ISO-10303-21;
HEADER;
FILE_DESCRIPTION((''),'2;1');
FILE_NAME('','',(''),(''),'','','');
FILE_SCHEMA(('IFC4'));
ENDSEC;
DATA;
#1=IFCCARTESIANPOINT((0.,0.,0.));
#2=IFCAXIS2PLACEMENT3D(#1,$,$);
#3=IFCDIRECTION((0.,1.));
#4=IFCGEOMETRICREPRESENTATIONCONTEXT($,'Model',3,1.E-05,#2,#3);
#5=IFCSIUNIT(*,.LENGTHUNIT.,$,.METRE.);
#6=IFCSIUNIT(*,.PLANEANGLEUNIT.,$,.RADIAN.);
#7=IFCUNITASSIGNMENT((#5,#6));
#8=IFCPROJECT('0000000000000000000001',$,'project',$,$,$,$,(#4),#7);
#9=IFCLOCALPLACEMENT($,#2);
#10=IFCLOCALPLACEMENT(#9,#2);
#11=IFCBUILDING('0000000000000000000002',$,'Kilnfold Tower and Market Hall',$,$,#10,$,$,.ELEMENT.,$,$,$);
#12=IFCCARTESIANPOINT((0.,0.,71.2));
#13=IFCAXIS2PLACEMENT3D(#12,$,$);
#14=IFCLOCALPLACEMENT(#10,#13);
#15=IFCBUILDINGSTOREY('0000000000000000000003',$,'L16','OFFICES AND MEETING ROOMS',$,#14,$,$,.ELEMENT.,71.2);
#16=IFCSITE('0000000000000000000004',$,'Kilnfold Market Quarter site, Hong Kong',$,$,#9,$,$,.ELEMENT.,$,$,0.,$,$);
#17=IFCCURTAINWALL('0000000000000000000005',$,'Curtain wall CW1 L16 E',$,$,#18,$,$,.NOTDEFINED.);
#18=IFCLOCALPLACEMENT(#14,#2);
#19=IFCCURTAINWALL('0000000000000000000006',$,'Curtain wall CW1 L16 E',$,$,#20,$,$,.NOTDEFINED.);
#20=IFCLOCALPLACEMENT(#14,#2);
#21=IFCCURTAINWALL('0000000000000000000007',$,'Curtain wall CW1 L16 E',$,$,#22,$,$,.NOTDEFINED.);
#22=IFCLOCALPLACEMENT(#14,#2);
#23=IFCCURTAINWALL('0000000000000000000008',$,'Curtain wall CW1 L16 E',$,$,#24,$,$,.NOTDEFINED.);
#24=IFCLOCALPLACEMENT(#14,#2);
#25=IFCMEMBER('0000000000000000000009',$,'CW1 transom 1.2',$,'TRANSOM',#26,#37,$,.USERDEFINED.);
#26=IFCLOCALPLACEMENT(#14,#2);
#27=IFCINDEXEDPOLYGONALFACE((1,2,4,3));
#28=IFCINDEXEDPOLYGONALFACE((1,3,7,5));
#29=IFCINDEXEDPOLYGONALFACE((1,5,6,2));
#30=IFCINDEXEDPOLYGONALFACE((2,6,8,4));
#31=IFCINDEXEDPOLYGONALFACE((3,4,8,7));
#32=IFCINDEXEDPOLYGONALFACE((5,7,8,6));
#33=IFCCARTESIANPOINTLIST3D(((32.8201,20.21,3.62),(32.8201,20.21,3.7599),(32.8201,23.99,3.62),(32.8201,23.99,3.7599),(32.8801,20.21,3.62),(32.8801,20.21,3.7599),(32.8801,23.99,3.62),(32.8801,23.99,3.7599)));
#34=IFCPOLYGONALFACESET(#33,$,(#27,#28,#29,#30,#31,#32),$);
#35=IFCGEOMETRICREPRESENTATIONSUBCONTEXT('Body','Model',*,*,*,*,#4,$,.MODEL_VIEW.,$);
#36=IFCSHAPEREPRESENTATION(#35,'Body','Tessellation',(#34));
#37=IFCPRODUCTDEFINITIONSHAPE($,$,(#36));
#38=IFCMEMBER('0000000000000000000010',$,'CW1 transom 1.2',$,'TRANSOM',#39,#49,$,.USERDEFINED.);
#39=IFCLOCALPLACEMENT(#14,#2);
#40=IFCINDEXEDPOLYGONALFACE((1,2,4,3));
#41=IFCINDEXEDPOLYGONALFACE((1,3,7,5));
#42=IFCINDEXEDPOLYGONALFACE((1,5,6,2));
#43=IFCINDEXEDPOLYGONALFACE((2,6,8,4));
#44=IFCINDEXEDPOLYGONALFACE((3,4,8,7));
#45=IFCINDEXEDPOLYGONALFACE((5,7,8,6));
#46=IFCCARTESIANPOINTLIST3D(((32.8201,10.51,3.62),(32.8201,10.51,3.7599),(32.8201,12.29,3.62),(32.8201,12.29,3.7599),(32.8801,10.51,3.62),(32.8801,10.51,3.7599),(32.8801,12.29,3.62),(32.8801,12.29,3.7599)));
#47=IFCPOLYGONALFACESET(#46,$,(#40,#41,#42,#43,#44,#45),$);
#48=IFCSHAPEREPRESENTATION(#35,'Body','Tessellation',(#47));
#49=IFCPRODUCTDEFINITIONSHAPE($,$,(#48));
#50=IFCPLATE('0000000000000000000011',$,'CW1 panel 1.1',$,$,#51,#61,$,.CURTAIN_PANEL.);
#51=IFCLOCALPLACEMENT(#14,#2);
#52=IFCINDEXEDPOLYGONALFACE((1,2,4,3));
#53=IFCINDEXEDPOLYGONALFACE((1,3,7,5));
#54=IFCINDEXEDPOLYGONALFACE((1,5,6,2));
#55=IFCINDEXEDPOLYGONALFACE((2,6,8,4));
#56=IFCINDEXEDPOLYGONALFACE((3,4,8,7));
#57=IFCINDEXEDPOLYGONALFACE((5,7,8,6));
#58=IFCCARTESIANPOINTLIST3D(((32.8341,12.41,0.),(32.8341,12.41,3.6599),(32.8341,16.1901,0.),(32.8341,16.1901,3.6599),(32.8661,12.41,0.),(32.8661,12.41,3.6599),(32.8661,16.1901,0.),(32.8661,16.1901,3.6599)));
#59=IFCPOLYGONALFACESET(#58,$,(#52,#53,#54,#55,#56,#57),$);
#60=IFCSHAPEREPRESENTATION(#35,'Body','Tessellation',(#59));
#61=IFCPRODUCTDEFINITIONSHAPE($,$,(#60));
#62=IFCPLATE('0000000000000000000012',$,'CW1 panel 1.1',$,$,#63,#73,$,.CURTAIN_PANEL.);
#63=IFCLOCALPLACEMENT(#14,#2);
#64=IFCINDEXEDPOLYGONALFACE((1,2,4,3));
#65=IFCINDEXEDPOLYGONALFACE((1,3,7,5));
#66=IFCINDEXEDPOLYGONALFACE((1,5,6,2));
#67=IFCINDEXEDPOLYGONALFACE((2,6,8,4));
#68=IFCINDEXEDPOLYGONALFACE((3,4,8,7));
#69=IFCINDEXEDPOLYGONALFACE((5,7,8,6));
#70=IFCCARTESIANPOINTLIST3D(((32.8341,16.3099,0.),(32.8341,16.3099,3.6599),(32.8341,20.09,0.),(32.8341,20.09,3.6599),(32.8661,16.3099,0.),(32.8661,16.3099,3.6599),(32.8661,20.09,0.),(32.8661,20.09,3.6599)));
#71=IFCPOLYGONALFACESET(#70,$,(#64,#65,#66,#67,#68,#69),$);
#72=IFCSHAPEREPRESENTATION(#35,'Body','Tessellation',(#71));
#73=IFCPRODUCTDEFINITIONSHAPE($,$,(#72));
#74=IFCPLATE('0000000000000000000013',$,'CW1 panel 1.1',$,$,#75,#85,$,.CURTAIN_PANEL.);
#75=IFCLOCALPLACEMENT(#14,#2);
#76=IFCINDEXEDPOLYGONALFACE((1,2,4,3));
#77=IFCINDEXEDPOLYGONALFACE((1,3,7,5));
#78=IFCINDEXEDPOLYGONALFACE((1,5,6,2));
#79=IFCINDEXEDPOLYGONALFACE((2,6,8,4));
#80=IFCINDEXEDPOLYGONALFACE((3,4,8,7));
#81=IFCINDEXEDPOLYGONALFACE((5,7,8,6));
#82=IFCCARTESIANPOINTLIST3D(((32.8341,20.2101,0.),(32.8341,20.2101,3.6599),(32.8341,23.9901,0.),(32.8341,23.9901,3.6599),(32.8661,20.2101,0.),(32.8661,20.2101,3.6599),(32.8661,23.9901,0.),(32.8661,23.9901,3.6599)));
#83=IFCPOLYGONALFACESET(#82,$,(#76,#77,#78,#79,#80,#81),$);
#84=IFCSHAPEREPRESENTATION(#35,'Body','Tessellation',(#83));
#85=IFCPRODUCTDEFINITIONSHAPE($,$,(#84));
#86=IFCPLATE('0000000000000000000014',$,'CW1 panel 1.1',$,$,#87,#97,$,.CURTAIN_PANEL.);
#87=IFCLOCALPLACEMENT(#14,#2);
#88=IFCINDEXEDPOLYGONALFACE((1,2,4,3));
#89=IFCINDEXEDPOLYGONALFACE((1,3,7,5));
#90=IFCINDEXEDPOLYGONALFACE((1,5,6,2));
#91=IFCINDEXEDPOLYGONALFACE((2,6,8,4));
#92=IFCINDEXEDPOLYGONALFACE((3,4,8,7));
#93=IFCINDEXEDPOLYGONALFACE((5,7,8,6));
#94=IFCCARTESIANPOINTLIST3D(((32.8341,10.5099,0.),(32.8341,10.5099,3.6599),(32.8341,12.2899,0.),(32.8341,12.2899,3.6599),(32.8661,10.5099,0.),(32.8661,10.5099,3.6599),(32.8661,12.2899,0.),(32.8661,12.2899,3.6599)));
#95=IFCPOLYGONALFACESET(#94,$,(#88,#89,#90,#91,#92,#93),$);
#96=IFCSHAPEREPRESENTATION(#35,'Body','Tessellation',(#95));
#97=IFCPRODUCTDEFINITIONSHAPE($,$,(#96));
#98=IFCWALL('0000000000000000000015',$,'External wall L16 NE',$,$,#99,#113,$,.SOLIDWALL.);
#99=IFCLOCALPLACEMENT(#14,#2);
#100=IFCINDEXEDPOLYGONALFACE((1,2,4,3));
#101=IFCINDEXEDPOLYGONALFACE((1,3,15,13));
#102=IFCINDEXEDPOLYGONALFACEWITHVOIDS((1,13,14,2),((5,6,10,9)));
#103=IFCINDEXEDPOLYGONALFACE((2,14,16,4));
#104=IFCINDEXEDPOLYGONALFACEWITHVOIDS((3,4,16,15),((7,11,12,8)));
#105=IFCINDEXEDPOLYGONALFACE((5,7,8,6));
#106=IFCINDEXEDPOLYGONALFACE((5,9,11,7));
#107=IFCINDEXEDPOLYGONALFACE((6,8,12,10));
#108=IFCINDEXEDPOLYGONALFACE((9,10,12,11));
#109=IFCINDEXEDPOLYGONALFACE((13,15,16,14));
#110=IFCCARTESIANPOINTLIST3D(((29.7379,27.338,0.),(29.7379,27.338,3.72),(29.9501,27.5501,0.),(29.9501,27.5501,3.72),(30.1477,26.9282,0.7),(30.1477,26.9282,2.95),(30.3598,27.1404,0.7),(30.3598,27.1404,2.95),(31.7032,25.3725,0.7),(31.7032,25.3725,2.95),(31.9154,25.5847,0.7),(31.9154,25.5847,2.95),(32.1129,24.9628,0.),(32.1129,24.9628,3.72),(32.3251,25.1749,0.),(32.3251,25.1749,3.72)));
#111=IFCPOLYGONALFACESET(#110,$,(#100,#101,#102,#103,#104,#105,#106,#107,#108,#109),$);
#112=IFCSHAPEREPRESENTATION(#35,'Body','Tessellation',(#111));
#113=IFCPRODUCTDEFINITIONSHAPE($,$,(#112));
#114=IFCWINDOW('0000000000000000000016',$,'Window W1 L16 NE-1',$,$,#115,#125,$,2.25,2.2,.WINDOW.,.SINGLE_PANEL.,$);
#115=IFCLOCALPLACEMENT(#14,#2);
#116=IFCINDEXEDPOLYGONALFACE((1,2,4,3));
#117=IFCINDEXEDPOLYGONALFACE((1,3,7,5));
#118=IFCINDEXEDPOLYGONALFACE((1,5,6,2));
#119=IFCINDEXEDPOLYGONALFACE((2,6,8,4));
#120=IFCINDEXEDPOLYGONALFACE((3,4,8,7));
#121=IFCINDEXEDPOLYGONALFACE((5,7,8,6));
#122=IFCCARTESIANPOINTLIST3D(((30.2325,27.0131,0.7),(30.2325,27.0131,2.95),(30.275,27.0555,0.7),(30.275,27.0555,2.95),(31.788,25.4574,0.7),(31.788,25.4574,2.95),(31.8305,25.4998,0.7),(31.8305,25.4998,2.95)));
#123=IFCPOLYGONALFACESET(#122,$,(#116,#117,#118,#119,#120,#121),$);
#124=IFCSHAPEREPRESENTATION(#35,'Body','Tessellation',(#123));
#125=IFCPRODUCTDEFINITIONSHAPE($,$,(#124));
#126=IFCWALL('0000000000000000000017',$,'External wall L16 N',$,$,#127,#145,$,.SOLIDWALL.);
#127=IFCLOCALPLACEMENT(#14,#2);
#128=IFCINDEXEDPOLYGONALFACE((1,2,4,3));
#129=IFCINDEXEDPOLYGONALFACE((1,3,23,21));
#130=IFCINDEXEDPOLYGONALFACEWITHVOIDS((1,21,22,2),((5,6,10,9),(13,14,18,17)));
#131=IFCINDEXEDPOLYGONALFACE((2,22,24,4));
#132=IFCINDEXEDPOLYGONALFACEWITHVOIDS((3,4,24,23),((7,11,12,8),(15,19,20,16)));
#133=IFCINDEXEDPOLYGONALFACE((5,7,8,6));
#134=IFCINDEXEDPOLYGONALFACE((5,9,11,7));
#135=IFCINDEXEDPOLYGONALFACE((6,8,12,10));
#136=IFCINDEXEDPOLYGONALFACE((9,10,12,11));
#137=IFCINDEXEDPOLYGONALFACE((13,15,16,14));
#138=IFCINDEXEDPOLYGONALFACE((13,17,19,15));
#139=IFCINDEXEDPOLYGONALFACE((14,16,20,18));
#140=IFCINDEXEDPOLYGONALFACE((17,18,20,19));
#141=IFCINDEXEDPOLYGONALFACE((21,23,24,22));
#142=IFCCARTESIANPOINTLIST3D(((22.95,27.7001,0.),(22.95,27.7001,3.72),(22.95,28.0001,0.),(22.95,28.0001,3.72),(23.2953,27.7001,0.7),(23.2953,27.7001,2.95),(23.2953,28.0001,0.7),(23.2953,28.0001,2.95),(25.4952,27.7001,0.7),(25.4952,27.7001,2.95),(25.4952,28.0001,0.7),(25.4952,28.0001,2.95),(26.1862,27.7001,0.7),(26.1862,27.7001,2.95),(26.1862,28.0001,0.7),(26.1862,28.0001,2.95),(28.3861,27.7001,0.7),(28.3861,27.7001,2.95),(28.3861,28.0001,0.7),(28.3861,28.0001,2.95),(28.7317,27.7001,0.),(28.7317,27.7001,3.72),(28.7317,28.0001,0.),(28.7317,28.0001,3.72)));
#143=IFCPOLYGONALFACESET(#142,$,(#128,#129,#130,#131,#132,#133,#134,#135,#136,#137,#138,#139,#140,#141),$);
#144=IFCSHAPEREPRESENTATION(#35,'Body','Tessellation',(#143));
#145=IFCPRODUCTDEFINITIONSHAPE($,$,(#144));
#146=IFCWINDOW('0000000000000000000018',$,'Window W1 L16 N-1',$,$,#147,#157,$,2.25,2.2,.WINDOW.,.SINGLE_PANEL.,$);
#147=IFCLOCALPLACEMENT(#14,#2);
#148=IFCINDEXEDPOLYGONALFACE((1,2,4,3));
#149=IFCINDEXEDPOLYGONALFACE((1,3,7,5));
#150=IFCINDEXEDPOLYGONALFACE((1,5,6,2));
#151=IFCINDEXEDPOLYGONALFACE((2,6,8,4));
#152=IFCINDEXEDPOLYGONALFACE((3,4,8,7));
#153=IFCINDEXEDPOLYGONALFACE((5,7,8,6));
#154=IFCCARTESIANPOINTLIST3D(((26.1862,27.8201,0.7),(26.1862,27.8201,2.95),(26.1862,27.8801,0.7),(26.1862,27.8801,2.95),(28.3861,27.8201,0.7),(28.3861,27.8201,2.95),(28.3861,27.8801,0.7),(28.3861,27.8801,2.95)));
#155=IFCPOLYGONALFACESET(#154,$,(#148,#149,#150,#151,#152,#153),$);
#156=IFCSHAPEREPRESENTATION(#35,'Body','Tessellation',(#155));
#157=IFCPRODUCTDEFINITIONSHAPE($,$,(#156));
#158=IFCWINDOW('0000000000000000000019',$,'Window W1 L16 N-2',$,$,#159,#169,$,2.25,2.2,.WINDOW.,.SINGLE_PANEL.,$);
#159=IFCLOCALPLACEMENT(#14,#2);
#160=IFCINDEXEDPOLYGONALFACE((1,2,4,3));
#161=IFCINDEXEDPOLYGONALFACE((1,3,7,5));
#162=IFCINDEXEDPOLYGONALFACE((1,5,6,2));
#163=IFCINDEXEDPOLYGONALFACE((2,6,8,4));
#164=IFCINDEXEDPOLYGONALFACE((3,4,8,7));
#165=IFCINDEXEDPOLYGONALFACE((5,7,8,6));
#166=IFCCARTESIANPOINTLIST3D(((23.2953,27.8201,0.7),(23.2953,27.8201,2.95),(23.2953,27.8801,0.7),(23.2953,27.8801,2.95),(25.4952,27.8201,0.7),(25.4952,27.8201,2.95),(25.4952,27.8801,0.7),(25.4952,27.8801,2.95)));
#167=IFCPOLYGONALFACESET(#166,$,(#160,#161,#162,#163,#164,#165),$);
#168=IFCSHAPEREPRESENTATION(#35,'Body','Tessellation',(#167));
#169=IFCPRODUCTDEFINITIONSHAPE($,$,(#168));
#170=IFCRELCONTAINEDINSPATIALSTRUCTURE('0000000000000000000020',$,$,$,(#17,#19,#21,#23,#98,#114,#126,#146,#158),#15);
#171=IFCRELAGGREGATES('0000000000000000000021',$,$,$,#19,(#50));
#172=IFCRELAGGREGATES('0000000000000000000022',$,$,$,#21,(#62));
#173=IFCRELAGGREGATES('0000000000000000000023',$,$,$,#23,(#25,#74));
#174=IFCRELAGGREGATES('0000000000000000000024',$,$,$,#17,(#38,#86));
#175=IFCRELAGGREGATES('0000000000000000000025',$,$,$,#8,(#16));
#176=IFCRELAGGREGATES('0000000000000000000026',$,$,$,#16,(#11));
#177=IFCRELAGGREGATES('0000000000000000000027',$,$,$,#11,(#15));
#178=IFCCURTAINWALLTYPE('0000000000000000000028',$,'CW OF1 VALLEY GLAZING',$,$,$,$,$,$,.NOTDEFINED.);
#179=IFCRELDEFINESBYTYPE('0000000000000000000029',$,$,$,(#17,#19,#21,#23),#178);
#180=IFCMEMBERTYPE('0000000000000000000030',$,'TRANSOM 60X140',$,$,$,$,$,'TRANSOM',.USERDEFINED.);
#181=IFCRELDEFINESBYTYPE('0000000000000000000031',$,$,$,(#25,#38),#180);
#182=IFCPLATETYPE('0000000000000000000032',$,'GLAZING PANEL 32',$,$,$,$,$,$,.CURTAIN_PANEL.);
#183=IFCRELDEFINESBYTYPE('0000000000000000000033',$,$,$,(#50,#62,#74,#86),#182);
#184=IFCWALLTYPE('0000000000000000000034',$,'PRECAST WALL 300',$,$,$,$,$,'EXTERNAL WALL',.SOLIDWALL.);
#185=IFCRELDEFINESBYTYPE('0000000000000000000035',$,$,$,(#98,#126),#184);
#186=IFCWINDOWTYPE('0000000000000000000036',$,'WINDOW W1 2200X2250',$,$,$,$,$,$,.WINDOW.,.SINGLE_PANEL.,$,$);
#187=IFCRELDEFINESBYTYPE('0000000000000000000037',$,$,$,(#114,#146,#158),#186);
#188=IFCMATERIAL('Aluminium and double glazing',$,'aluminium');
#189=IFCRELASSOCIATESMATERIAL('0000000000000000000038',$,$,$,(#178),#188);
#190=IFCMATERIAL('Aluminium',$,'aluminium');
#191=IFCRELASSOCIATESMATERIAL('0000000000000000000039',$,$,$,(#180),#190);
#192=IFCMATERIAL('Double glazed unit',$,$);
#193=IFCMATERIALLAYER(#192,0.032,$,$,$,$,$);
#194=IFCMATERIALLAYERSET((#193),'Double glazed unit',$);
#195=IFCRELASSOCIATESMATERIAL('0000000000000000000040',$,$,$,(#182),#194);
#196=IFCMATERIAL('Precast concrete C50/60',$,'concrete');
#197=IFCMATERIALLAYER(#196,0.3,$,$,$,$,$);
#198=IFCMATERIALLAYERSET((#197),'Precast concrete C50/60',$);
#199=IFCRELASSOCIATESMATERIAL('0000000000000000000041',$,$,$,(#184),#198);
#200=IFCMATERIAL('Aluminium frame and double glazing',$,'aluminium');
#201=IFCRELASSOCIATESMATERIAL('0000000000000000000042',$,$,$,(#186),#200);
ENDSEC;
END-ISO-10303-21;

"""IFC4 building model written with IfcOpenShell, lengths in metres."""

from ifc_helpers import new_model, si_unit, direction, frame, frame_2d, origin, origin_2d, place, context, subcontext, project, spatial, rectangle, extrude, source, transform, mapped, material, layer, layer_set, material_profile, profile_set, type_object, element, fill, aggregate, save


model = new_model("IFC4")

# Units and contexts
model_context = context("Model", 3, precision=1e-05, world=origin(), true_north=direction((0.0, 1.0)))
body_context = subcontext(model_context, "Body", "Model", "MODEL_VIEW")
ifc_project = project(units=[si_unit("LENGTHUNIT", "METRE"), si_unit("PLANEANGLEUNIT", "RADIAN")], contexts=[model_context])

# Site, building, storey
site_placement = place(None, origin())
site = spatial("IfcSite", under=ifc_project, at=site_placement, Name="Kilnfold Market Quarter site, Hong Kong", CompositionType="ELEMENT", RefElevation=0.0)
building_placement = place(site_placement, origin())
building = spatial("IfcBuilding", under=site, at=building_placement, Name="Kilnfold Tower and Market Hall", CompositionType="ELEMENT")
storey_placement = place(building_placement, frame((0.0, 0.0, 71.2)))
storey = spatial("IfcBuildingStorey", under=building, at=storey_placement, Name="L16", Description="OFFICES AND MEETING ROOMS", CompositionType="ELEMENT", Elevation=71.2)

# Curtain wall
ifc_material_1 = material(Name="Aluminium and double glazing", Category="aluminium")
curtain_wall_type = type_object("IfcCurtainWallType", Name="CW OF1 VALLEY GLAZING", PredefinedType="NOTDEFINED", material=ifc_material_1)
curtain_wall_1_placement = place(storey_placement, origin())
curtain_wall_1 = element("IfcCurtainWall", 1, at=curtain_wall_1_placement, inside=storey, type_object=curtain_wall_type, Name="Curtain wall CW1 L16 E", PredefinedType="NOTDEFINED")

# Curtain walls
curtain_wall_2_placement = place(storey_placement, origin())
curtain_wall_2 = element("IfcCurtainWall", 2, at=curtain_wall_2_placement, inside=storey, type_object=curtain_wall_type, Name="Curtain wall CW1 L16 E", PredefinedType="NOTDEFINED")
curtain_wall_3_placement = place(storey_placement, origin())
curtain_wall_3 = element("IfcCurtainWall", 3, at=curtain_wall_3_placement, inside=storey, type_object=curtain_wall_type, Name="Curtain wall CW1 L16 E", PredefinedType="NOTDEFINED")
curtain_wall_4_placement = place(storey_placement, origin())
curtain_wall_4 = element("IfcCurtainWall", 4, at=curtain_wall_4_placement, inside=storey, type_object=curtain_wall_type, Name="Curtain wall CW1 L16 E", PredefinedType="NOTDEFINED")

# Members
ifc_material_2 = material(Name="Aluminium", Category="aluminium")
ifc_material_profile_1 = material_profile(ifc_material_2, rectangle(XDim=0.0601, YDim=0.1399, at=origin_2d()), Name="TRANSOM 60x140")
ifc_profile_set_1 = profile_set([ifc_material_profile_1], Name="Aluminium")
member_type_1 = type_object("IfcMemberType", Name="TRANSOM 60X140", ElementType="TRANSOM", PredefinedType="USERDEFINED", material=ifc_profile_set_1)
shared_shape_1 = source(origin(), body_context, "Body", "SweptSolid", [
    extrude(rectangle(XDim=0.0601, YDim=0.1399, at=origin_2d()), origin(), (0.0, 0.0, 1.0), 3.78),
])
member_1_placement = place(storey_placement, frame((32.8501, 20.21, 3.6899), z_axis=(0.0, 1.0, 0.0), x_axis=(-1.0, 0.0, 0.0)))
member_1 = element("IfcMember", 5, at=member_1_placement, type_object=member_type_1, Name="CW1 transom 1.2", ObjectType="TRANSOM", PredefinedType="USERDEFINED", context=body_context, shape_type="MappedRepresentation", body=[
    mapped(shared_shape_1, transform((0.0, 0.0, 0.0))),
])
shared_shape_2 = source(origin(), body_context, "Body", "SweptSolid", [
    extrude(rectangle(XDim=0.0601, YDim=0.1399, at=origin_2d()), origin(), (0.0, 0.0, 1.0), 1.78),
])
member_2_placement = place(storey_placement, frame((32.8501, 10.51, 3.6899), z_axis=(0.0, 1.0, 0.0), x_axis=(-1.0, 0.0, 0.0)))
member_2 = element("IfcMember", 6, at=member_2_placement, type_object=member_type_1, Name="CW1 transom 1.2", ObjectType="TRANSOM", PredefinedType="USERDEFINED", context=body_context, shape_type="MappedRepresentation", body=[
    mapped(shared_shape_2, transform((0.0, 0.0, 0.0))),
])

# Plates
ifc_material_3 = material(Name="Double glazed unit")
ifc_layer_1 = layer(ifc_material_3, 0.032)
ifc_layer_set_1 = layer_set([ifc_layer_1], Name="Double glazed unit")
plate_type = type_object("IfcPlateType", Name="GLAZING PANEL 32", PredefinedType="CURTAIN_PANEL", material=ifc_layer_set_1)
shared_shape_3 = source(origin(), body_context, "Body", "SweptSolid", [
    extrude(rectangle(XDim=3.78, YDim=0.032, at=origin_2d()), origin(), (0.0, 0.0, 1.0), 3.6599),
])
plate_1_placement = place(storey_placement, frame((32.8501, 14.3, 0.0), z_axis=(0.0, 0.0, 1.0), x_axis=(0.0, 1.0, 0.0)))
plate_1 = element("IfcPlate", 7, at=plate_1_placement, type_object=plate_type, Name="CW1 panel 1.1", PredefinedType="CURTAIN_PANEL", context=body_context, shape_type="MappedRepresentation", body=[
    mapped(shared_shape_3, transform((0.0, 0.0, 0.0))),
])
aggregate(curtain_wall_2, [plate_1])
plate_2_placement = place(storey_placement, frame((32.8501, 18.2, 0.0), z_axis=(0.0, 0.0, 1.0), x_axis=(0.0, 1.0, 0.0)))
plate_2 = element("IfcPlate", 8, at=plate_2_placement, type_object=plate_type, Name="CW1 panel 1.1", PredefinedType="CURTAIN_PANEL", context=body_context, shape_type="MappedRepresentation", body=[
    mapped(shared_shape_3, transform((0.0, 0.0, 0.0))),
])
aggregate(curtain_wall_3, [plate_2])
plate_3_placement = place(storey_placement, frame((32.8501, 22.1001, 0.0), z_axis=(0.0, 0.0, 1.0), x_axis=(0.0, 1.0, 0.0)))
plate_3 = element("IfcPlate", 9, at=plate_3_placement, type_object=plate_type, Name="CW1 panel 1.1", PredefinedType="CURTAIN_PANEL", context=body_context, shape_type="MappedRepresentation", body=[
    mapped(shared_shape_3, transform((0.0, 0.0, 0.0))),
])
aggregate(curtain_wall_4, [member_1, plate_3])
shared_shape_4 = source(origin(), body_context, "Body", "SweptSolid", [
    extrude(rectangle(XDim=1.78, YDim=0.032, at=origin_2d()), origin(), (0.0, 0.0, 1.0), 3.6599),
])
plate_4_placement = place(storey_placement, frame((32.8501, 11.3999, 0.0), z_axis=(0.0, 0.0, 1.0), x_axis=(0.0, 1.0, 0.0)))
plate_4 = element("IfcPlate", 10, at=plate_4_placement, type_object=plate_type, Name="CW1 panel 1.1", PredefinedType="CURTAIN_PANEL", context=body_context, shape_type="MappedRepresentation", body=[
    mapped(shared_shape_4, transform((0.0, 0.0, 0.0))),
])
aggregate(curtain_wall_1, [member_2, plate_4])

# Wall, opening, window
ifc_material_4 = material(Name="Precast concrete C50/60", Category="concrete")
ifc_layer_2 = layer(ifc_material_4, 0.3)
ifc_layer_set_2 = layer_set([ifc_layer_2], Name="Precast concrete C50/60")
wall_type = type_object("IfcWallType", Name="PRECAST WALL 300", ElementType="EXTERNAL WALL", PredefinedType="SOLIDWALL", material=ifc_layer_set_2)
shared_shape_5 = source(origin(), body_context, "Body", "SweptSolid", [
    extrude(rectangle(XDim=3.3589, YDim=0.3, at=frame_2d((1.6794, 0.0))), origin(), (0.0, 0.0, 1.0), 3.72),
])
wall_1_placement = place(storey_placement, frame((32.219, 25.0688, 0.0), z_axis=(0.0, 0.0, 1.0), x_axis=(-0.70707, 0.707143, 0.0)))
wall_1 = element("IfcWall", 11, at=wall_1_placement, inside=storey, type_object=wall_type, Name="External wall L16 NE", PredefinedType="SOLIDWALL", context=body_context, shape_type="MappedRepresentation", body=[
    mapped(shared_shape_5, transform((0.0, 0.0, 0.0))),
])
opening_1_placement = place(wall_1_placement, frame((0.5793, 0.0, 0.7)))
opening_1 = element("IfcOpeningElement", 12, at=opening_1_placement, cuts=wall_1, PredefinedType="OPENING", context=body_context, shape_type="SweptSolid", body=[
    extrude(rectangle(XDim=2.2, YDim=2.25, at=frame_2d((1.1001, 1.125))), frame((0.0, 0.1602, 0.0), z_axis=(0.0, -1.0, 0.0), x_axis=(1.0, 0.0, 0.0)), (0.0, 0.0, 1.0), 0.3201),
])
ifc_material_5 = material(Name="Aluminium frame and double glazing", Category="aluminium")
window_type = type_object("IfcWindowType", Name="WINDOW W1 2200X2250", PartitioningType="SINGLE_PANEL", PredefinedType="WINDOW", material=ifc_material_5)
window_1_placement = place(opening_1_placement, origin())
window_1 = element("IfcWindow", 13, at=window_1_placement, inside=storey, type_object=window_type, Name="Window W1 L16 NE-1", OverallHeight=2.25, OverallWidth=2.2, PartitioningType="SINGLE_PANEL", PredefinedType="WINDOW", context=body_context, shape_type="SweptSolid", body=[
    extrude(rectangle(XDim=2.2, YDim=2.25, at=frame_2d((1.1001, 1.125))), frame((0.0, 0.03, 0.0), z_axis=(0.0, -1.0, 0.0), x_axis=(1.0, 0.0, 0.0)), (0.0, 0.0, 1.0), 0.0601),
])
fill(opening_1, window_1)

# Wall, openings, windows
shared_shape_6 = source(origin(), body_context, "Body", "SweptSolid", [
    extrude(rectangle(XDim=5.7817, YDim=0.3, at=frame_2d((2.8909, 0.0))), origin(), (0.0, 0.0, 1.0), 3.72),
])
wall_2_placement = place(storey_placement, frame((28.7317, 27.8501, 0.0), z_axis=(0.0, 0.0, 1.0), x_axis=(-1.0, 0.0, 0.0)))
wall_2 = element("IfcWall", 14, at=wall_2_placement, inside=storey, type_object=wall_type, Name="External wall L16 N", PredefinedType="SOLIDWALL", context=body_context, shape_type="MappedRepresentation", body=[
    mapped(shared_shape_6, transform((0.0, 0.0, 0.0))),
])
opening_2_placement = place(wall_2_placement, frame((0.3455, 0.0, 0.7)))
opening_2 = element("IfcOpeningElement", 15, at=opening_2_placement, cuts=wall_2, PredefinedType="OPENING", context=body_context, shape_type="SweptSolid", body=[
    extrude(rectangle(XDim=2.2, YDim=2.25, at=frame_2d((1.1001, 1.125))), frame((0.0, 0.1602, 0.0), z_axis=(0.0, -1.0, 0.0), x_axis=(1.0, 0.0, 0.0)), (0.0, 0.0, 1.0), 0.3201),
])
opening_3_placement = place(wall_2_placement, frame((3.2363, 0.0, 0.7)))
opening_3 = element("IfcOpeningElement", 16, at=opening_3_placement, cuts=wall_2, PredefinedType="OPENING", context=body_context, shape_type="SweptSolid", body=[
    extrude(rectangle(XDim=2.2, YDim=2.25, at=frame_2d((1.1001, 1.125))), frame((0.0, 0.1602, 0.0), z_axis=(0.0, -1.0, 0.0), x_axis=(1.0, 0.0, 0.0)), (0.0, 0.0, 1.0), 0.3201),
])
window_2_placement = place(opening_2_placement, origin())
window_2 = element("IfcWindow", 17, at=window_2_placement, inside=storey, type_object=window_type, Name="Window W1 L16 N-1", OverallHeight=2.25, OverallWidth=2.2, PartitioningType="SINGLE_PANEL", PredefinedType="WINDOW", context=body_context, shape_type="SweptSolid", body=[
    extrude(rectangle(XDim=2.2, YDim=2.25, at=frame_2d((1.1001, 1.125))), frame((0.0, 0.03, 0.0), z_axis=(0.0, -1.0, 0.0), x_axis=(1.0, 0.0, 0.0)), (0.0, 0.0, 1.0), 0.0601),
])
fill(opening_2, window_2)
window_3_placement = place(opening_3_placement, origin())
window_3 = element("IfcWindow", 18, at=window_3_placement, inside=storey, type_object=window_type, Name="Window W1 L16 N-2", OverallHeight=2.25, OverallWidth=2.2, PartitioningType="SINGLE_PANEL", PredefinedType="WINDOW", context=body_context, shape_type="SweptSolid", body=[
    extrude(rectangle(XDim=2.2, YDim=2.25, at=frame_2d((1.1001, 1.125))), frame((0.0, 0.03, 0.0), z_axis=(0.0, -1.0, 0.0), x_axis=(1.0, 0.0, 0.0)), (0.0, 0.0, 1.0), 0.0601),
])
fill(opening_3, window_3)

save(model, "model.ifc")
